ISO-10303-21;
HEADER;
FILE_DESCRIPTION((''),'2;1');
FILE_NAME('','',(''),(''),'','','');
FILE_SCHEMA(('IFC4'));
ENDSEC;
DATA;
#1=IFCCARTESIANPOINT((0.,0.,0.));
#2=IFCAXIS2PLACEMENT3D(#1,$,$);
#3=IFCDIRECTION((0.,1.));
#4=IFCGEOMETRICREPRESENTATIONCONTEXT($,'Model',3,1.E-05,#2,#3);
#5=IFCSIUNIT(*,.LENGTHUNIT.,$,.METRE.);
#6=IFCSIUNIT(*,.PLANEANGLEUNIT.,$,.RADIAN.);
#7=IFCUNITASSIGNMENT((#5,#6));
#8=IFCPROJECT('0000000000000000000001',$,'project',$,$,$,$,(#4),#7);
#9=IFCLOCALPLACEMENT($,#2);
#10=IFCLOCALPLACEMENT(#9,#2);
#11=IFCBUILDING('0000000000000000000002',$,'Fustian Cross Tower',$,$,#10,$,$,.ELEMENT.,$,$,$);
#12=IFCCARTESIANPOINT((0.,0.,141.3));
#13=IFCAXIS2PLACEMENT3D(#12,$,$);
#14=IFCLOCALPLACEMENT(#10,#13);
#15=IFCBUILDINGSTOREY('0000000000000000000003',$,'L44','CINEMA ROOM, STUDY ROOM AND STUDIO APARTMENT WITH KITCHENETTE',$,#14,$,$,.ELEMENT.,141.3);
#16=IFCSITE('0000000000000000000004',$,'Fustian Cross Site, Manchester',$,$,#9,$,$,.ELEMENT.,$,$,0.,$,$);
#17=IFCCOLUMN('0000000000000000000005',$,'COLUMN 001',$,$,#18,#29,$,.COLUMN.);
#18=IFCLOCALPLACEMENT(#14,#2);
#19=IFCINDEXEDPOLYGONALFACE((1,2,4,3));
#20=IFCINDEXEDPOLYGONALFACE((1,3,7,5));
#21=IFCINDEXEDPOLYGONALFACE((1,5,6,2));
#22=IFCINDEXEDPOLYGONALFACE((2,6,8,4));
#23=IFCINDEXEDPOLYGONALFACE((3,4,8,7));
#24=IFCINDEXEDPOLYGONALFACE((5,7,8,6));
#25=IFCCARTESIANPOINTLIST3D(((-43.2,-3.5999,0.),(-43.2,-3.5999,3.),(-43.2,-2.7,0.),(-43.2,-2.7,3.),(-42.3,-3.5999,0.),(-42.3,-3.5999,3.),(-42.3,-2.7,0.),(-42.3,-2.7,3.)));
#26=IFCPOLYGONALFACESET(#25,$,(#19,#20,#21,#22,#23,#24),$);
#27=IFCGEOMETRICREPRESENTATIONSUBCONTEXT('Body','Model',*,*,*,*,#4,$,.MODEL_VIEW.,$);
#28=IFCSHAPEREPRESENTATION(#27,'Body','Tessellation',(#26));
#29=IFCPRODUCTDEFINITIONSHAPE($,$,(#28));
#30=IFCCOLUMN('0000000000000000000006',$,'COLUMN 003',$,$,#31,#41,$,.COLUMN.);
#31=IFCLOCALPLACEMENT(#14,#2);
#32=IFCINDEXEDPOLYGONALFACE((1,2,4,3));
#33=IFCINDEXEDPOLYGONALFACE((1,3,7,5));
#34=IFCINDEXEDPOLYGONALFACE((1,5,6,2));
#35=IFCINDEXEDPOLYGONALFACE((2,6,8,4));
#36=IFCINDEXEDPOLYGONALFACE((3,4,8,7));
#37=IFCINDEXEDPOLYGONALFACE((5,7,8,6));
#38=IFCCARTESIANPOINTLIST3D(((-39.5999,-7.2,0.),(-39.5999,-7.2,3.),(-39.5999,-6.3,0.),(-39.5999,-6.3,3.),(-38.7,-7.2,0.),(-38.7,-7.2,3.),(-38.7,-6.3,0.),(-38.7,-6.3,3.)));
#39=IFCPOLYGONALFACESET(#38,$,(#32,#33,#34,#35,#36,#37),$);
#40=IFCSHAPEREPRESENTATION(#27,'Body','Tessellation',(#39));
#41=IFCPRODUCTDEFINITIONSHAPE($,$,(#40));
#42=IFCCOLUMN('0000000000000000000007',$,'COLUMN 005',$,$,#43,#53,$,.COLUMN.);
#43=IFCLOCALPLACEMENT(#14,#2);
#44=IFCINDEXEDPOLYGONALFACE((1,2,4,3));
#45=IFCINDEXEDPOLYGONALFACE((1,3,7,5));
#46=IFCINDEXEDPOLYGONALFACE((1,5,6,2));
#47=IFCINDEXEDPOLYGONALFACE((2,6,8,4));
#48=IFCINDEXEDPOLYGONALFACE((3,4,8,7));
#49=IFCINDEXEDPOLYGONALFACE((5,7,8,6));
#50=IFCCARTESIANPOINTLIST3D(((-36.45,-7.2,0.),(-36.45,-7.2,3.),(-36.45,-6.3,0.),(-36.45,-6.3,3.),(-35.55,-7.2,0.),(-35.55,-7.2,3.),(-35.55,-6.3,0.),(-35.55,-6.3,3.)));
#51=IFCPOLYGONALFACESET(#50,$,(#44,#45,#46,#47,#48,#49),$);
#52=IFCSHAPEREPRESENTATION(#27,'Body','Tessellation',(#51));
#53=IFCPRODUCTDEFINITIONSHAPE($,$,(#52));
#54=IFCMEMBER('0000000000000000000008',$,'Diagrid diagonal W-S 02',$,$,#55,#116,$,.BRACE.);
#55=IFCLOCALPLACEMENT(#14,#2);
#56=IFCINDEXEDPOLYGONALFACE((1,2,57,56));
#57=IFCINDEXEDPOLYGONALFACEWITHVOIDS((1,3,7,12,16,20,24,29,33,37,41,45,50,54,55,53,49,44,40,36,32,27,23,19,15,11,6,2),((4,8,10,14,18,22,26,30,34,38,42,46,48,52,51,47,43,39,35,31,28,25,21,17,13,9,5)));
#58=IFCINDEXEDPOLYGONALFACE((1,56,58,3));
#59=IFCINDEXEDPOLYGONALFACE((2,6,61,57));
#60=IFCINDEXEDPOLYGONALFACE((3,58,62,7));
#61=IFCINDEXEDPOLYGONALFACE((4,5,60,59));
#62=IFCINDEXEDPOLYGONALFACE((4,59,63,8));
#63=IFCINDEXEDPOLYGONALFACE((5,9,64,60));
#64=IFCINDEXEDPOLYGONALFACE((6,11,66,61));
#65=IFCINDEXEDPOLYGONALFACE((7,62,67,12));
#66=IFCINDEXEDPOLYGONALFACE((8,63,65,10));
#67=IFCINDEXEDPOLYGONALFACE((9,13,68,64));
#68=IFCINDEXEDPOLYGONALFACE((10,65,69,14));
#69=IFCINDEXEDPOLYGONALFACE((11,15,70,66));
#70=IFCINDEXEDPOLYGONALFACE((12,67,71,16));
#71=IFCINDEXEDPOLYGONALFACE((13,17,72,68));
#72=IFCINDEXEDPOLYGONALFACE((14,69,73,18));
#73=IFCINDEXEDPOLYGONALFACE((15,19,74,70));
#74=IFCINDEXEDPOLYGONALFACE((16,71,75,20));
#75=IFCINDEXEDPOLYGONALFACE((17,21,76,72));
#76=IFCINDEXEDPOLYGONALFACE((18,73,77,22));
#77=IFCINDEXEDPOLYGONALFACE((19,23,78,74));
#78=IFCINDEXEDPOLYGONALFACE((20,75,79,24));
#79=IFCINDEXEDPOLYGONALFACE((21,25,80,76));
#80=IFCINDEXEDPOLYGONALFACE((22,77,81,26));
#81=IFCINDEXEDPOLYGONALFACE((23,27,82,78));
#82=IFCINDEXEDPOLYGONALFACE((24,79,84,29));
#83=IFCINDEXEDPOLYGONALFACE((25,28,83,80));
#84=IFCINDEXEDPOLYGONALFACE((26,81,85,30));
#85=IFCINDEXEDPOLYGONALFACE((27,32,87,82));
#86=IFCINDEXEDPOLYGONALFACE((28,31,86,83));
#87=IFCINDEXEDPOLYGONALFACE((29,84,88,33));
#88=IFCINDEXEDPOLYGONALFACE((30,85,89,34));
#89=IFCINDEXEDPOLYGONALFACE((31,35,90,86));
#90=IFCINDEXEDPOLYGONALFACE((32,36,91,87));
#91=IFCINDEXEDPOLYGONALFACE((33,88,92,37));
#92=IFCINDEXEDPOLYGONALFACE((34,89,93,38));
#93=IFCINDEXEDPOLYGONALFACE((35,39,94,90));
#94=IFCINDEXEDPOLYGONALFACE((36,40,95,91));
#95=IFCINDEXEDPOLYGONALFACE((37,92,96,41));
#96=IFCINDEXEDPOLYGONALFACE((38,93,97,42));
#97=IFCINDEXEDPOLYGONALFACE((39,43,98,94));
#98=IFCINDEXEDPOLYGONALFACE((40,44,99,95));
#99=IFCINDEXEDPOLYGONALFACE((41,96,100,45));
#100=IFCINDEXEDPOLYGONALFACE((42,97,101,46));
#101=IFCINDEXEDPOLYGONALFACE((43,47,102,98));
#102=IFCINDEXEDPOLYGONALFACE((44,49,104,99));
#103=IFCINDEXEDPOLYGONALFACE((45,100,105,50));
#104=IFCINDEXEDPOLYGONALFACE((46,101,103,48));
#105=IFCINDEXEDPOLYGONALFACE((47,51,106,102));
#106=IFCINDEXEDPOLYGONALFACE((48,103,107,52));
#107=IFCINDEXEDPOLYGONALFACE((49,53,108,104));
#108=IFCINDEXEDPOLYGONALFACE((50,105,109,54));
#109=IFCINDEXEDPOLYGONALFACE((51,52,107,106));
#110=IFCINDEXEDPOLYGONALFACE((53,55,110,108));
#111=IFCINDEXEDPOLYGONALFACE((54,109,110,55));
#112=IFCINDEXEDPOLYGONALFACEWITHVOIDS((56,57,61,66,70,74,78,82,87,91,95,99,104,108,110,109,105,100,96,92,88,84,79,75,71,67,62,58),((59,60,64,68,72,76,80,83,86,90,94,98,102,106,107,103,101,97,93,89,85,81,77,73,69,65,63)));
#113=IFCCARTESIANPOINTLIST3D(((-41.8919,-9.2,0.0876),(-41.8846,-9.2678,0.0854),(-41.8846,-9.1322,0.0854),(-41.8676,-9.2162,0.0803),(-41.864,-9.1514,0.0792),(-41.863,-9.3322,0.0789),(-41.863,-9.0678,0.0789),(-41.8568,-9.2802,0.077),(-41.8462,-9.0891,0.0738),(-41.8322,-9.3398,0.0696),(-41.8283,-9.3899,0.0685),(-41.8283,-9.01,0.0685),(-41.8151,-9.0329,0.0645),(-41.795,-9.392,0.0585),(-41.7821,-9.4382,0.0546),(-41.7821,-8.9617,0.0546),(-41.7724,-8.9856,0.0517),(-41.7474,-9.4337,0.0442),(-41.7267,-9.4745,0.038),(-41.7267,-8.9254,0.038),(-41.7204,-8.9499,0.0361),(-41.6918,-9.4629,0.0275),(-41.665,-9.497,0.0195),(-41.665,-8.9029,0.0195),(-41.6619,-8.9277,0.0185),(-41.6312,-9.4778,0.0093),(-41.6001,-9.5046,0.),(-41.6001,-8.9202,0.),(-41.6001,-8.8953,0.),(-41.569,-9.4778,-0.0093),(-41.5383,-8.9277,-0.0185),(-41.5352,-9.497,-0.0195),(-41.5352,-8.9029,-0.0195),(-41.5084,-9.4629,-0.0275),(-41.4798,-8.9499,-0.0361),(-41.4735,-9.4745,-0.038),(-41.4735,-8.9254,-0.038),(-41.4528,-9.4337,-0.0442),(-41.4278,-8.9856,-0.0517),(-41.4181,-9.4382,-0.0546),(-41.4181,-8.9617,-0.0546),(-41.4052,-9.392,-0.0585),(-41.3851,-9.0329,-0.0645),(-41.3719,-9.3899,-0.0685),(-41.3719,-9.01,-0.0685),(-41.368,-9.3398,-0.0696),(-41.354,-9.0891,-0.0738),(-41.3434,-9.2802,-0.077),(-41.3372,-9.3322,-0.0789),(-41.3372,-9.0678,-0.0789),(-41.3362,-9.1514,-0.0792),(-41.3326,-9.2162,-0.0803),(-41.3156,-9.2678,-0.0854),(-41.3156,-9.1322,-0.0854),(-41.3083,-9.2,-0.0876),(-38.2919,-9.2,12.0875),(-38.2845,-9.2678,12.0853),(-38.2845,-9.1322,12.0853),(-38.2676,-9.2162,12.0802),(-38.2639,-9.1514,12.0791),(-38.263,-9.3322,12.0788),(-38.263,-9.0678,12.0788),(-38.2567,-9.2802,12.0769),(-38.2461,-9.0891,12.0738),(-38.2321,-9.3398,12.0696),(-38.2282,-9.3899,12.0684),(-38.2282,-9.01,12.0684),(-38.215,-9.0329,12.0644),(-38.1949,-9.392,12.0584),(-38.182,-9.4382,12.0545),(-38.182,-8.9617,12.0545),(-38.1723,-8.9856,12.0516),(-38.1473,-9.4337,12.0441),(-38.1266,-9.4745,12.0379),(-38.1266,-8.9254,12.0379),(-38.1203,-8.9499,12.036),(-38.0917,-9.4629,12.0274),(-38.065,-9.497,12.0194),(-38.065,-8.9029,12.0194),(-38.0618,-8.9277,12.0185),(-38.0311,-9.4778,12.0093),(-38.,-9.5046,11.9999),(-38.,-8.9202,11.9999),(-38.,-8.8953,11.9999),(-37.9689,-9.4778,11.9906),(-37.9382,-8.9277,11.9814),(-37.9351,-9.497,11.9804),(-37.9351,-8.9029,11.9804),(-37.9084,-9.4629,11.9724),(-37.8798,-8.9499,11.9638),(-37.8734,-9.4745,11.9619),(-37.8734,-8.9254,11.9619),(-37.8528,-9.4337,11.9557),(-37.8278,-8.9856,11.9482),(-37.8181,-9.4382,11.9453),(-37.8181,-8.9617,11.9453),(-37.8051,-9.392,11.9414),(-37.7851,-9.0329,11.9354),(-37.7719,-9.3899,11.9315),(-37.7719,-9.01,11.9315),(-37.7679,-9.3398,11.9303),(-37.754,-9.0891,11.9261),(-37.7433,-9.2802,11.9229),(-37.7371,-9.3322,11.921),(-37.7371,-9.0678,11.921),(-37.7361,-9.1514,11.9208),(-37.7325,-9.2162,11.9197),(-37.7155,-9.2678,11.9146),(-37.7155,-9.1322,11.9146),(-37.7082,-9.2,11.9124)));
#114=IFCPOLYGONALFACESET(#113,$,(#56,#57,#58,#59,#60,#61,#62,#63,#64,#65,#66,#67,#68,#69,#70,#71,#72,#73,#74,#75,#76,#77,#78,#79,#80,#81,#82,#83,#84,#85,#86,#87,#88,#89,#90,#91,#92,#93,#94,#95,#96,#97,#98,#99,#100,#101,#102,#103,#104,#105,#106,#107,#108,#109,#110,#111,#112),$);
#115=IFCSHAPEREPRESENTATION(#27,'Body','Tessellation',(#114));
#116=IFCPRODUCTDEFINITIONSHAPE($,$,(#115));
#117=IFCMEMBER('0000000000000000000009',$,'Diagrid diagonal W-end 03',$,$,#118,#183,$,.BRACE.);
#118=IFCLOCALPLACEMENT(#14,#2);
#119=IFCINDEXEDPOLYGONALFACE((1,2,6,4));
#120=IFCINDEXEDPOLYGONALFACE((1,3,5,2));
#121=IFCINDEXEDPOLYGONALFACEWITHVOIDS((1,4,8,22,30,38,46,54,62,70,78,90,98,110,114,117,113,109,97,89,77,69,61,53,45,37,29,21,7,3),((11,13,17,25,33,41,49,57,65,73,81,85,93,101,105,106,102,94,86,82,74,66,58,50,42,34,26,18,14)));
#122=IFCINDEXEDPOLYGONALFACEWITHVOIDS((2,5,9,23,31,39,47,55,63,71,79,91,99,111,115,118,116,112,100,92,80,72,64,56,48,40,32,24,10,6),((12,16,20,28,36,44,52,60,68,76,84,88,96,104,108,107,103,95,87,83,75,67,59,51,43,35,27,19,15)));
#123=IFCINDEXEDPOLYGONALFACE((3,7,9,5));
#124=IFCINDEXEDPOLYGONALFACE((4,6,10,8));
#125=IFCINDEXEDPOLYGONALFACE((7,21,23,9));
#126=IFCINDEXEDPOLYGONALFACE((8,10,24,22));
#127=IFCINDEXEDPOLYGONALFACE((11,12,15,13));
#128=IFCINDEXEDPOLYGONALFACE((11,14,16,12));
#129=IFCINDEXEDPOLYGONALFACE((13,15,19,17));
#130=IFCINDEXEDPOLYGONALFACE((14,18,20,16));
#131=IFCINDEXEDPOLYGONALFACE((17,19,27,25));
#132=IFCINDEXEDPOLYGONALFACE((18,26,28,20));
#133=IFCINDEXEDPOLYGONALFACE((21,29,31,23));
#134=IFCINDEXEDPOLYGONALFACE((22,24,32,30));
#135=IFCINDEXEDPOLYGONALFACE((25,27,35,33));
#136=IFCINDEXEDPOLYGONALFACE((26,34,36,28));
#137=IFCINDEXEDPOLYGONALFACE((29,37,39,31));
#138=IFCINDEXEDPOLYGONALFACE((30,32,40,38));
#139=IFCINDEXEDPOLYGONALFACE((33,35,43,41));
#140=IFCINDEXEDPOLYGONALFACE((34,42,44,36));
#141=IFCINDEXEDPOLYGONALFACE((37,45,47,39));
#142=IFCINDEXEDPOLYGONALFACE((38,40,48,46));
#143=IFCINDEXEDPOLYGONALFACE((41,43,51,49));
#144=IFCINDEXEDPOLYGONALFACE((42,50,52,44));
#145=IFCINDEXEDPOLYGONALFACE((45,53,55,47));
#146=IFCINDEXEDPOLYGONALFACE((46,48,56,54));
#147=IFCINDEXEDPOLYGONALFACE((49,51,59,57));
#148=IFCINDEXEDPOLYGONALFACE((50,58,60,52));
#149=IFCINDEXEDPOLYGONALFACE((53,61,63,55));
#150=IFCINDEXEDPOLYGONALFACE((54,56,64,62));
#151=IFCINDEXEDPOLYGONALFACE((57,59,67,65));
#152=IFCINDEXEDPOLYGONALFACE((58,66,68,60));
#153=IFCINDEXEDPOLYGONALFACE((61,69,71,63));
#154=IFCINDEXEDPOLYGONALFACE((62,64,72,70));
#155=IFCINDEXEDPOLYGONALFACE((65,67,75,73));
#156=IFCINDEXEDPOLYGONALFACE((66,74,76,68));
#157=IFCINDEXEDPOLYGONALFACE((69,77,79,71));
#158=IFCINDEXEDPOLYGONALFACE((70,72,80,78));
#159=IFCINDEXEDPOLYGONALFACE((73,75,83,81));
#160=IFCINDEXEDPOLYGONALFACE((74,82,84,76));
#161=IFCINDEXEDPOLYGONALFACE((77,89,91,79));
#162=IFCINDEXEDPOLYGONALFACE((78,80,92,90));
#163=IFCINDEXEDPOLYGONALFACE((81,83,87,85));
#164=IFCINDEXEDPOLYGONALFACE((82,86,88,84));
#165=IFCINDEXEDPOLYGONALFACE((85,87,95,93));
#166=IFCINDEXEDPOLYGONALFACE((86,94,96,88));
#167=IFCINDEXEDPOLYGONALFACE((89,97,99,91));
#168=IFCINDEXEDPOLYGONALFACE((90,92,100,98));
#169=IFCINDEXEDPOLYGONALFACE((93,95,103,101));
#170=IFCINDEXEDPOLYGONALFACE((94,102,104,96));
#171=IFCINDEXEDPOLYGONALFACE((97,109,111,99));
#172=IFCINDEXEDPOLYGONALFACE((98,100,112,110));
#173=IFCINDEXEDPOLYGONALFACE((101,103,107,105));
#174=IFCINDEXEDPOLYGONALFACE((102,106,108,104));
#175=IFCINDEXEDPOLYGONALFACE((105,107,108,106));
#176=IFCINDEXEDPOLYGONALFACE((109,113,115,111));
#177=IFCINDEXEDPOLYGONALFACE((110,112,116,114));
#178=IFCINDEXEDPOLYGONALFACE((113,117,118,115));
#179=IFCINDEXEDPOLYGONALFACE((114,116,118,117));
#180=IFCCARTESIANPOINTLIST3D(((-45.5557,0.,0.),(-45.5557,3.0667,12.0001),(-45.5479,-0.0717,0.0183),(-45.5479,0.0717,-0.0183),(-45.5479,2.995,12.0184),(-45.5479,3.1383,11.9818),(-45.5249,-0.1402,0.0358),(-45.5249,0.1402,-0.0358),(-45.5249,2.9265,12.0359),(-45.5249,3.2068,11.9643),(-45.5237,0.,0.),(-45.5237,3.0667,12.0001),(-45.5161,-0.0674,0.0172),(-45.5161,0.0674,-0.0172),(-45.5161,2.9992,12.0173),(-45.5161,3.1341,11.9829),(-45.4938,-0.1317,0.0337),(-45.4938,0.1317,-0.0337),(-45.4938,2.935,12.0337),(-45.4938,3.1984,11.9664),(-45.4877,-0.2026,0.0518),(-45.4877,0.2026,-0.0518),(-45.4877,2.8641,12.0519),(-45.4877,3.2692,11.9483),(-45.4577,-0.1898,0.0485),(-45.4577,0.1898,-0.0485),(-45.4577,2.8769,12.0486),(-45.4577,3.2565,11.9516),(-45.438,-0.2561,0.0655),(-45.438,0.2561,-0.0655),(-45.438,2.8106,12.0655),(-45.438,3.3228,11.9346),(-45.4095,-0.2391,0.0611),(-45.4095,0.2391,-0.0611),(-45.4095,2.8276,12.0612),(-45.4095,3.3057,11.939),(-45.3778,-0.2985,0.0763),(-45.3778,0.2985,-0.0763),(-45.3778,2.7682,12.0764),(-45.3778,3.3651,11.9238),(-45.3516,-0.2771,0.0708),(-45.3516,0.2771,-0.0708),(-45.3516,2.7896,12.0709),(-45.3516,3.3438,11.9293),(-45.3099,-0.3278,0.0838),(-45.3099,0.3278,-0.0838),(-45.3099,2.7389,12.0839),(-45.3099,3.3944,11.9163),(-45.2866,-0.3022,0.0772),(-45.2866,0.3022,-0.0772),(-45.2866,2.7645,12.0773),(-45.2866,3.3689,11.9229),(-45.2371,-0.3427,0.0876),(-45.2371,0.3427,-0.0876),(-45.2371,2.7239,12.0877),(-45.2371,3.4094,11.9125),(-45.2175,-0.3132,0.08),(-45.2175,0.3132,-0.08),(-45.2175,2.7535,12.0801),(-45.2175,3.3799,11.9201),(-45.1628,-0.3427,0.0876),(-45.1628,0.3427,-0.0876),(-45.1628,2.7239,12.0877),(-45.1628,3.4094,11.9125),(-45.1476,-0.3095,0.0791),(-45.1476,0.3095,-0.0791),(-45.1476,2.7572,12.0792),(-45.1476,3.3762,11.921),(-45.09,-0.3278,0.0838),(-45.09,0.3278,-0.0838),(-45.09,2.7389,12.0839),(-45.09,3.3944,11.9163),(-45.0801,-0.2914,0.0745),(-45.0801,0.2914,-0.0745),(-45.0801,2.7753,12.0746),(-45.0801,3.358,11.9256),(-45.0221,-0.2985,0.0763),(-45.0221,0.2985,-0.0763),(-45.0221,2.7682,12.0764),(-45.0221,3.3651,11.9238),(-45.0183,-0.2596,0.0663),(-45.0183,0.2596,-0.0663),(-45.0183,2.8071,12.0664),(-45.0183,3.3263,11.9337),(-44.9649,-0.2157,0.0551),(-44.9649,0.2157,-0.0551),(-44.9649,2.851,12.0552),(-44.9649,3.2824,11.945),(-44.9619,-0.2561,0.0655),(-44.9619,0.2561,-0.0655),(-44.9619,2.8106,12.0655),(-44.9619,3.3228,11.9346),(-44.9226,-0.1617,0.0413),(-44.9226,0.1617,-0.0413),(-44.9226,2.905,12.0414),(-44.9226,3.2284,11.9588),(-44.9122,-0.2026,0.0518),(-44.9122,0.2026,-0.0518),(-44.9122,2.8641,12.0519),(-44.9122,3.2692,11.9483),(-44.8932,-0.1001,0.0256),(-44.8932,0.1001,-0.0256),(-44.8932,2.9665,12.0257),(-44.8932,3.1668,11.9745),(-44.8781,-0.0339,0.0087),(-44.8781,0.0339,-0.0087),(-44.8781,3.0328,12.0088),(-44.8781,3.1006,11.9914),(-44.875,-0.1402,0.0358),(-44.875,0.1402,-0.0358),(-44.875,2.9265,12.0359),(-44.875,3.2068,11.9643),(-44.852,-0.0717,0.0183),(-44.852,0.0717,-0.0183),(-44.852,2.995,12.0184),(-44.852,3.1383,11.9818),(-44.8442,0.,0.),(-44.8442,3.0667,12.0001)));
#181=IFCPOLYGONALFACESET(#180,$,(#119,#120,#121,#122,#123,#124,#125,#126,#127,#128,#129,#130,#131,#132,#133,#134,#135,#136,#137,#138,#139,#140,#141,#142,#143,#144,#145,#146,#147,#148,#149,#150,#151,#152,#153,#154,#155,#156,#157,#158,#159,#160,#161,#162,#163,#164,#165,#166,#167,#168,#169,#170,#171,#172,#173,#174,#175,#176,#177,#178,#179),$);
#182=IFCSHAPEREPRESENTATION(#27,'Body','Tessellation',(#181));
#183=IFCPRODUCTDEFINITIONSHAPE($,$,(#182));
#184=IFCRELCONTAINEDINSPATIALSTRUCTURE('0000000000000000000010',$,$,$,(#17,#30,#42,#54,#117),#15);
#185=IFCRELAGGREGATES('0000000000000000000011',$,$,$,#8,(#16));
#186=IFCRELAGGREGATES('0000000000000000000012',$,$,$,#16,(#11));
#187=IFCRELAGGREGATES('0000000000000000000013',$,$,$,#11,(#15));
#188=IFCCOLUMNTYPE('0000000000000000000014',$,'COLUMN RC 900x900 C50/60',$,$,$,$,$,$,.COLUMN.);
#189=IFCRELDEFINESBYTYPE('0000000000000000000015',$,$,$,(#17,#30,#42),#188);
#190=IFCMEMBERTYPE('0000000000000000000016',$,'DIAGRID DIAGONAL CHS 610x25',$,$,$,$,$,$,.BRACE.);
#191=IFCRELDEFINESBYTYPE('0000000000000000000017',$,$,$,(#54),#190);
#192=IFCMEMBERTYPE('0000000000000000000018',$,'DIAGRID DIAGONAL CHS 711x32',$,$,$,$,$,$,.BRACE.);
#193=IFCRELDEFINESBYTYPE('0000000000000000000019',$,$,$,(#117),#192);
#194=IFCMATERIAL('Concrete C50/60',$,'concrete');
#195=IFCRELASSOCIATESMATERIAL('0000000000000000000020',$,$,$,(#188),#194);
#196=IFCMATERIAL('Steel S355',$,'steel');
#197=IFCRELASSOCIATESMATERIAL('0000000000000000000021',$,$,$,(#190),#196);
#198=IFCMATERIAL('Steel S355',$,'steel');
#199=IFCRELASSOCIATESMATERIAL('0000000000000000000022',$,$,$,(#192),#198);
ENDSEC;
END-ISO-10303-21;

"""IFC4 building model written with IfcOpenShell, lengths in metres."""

from ifc_helpers import new_model, si_unit, direction, frame, origin, origin_2d, place, context, subcontext, project, spatial, rectangle, hollow_circle, extrude, material, material_profile, profile_set, type_object, element, save


model = new_model("IFC4")

# Units and contexts
model_context = context("Model", 3, precision=1e-05, world=origin(), true_north=direction((0.0, 1.0)))
body_context = subcontext(model_context, "Body", "Model", "MODEL_VIEW")
ifc_project = project(units=[si_unit("LENGTHUNIT", "METRE"), si_unit("PLANEANGLEUNIT", "RADIAN")], contexts=[model_context])

# Site, building, storey
site_placement = place(None, origin())
site = spatial("IfcSite", under=ifc_project, at=site_placement, Name="Fustian Cross Site, Manchester", CompositionType="ELEMENT", RefElevation=0.0)
building_placement = place(site_placement, origin())
building = spatial("IfcBuilding", under=site, at=building_placement, Name="Fustian Cross Tower", CompositionType="ELEMENT")
storey_placement = place(building_placement, frame((0.0, 0.0, 141.3)))
storey = spatial("IfcBuildingStorey", under=building, at=storey_placement, Name="L44", Description="CINEMA ROOM, STUDY ROOM AND STUDIO APARTMENT WITH KITCHENETTE", CompositionType="ELEMENT", Elevation=141.3)

# Columns
ifc_material_1 = material(Name="Concrete C50/60", Category="concrete")
ifc_material_profile_1 = material_profile(ifc_material_1, rectangle(XDim=0.8999, YDim=0.8999, at=origin_2d()), Name="RC 900x900")
ifc_profile_set_1 = profile_set([ifc_material_profile_1], Name="Concrete C50/60")
column_type = type_object("IfcColumnType", Name="COLUMN RC 900x900 C50/60", PredefinedType="COLUMN", material=ifc_profile_set_1)
for number, where, z_axis, x_axis, name in (
    (1, (-42.75, -3.1499, 0.0), (0.0, 0.0, 1.0), (1.0, 0.0, 0.0), "COLUMN 001"),
    (2, (-39.1499, -6.75, 0.0), (0.0, 0.0, 1.0), (1.0, 0.0, 0.0), "COLUMN 003"),
    (3, (-36.0, -6.75, 0.0), (0.0, 0.0, 1.0), (1.0, 0.0, 0.0), "COLUMN 005"),
):
    element("IfcColumn", number, at=place(storey_placement, frame(where, z_axis=z_axis, x_axis=x_axis)), inside=storey, type_object=column_type, Name=name, PredefinedType="COLUMN", context=body_context, shape_type="SweptSolid", body=[
        extrude(rectangle(XDim=0.8999, YDim=0.8999, at=origin_2d()), origin(), (0.0, 0.0, 1.0), 3.0),
    ])

# Members
ifc_material_2 = material(Name="Steel S355", Category="steel")
ifc_material_profile_2 = material_profile(ifc_material_2, hollow_circle(Radius=0.3047, WallThickness=0.0249, at=origin_2d()), Name="CHS 610x25")
ifc_profile_set_2 = profile_set([ifc_material_profile_2], Name="Steel S355")
member_type_1 = type_object("IfcMemberType", Name="DIAGRID DIAGONAL CHS 610x25", PredefinedType="BRACE", material=ifc_profile_set_2)
member_1_placement = place(storey_placement, frame((-41.6001, -9.2, 0.0), z_axis=(0.287355, 0.0, 0.957824), x_axis=(0.0, 1.0, 0.0)))
element("IfcMember", 4, at=member_1_placement, inside=storey, type_object=member_type_1, Name="Diagrid diagonal W-S 02", PredefinedType="BRACE", context=body_context, shape_type="SweptSolid", body=[
    extrude(hollow_circle(Radius=0.3047, WallThickness=0.0249, at=origin_2d()), origin(), (0.0, 0.0, 1.0), 12.5283),
])
ifc_material_3 = material(Name="Steel S355", Category="steel")
ifc_material_profile_3 = material_profile(ifc_material_3, hollow_circle(Radius=0.3557, WallThickness=0.032, at=origin_2d()), Name="CHS 711x32")
ifc_profile_set_3 = profile_set([ifc_material_profile_3], Name="Steel S355")
member_type_2 = type_object("IfcMemberType", Name="DIAGRID DIAGONAL CHS 711x32", PredefinedType="BRACE", material=ifc_profile_set_3)
for number, where, z_axis, x_axis, name in (
    (5, (-45.2, 0.0, 0.0), (0.0, 0.247597, 0.968863), (-1.0, 0.0, 0.0), "Diagrid diagonal W-end 03"),
):
    element("IfcMember", number, at=place(storey_placement, frame(where, z_axis=z_axis, x_axis=x_axis)), inside=storey, type_object=member_type_2, Name=name, PredefinedType="BRACE", context=body_context, shape_type="SweptSolid", body=[
        extrude(hollow_circle(Radius=0.3557, WallThickness=0.032, at=origin_2d()), origin(), (0.0, 0.0, 1.0), 12.3857),
    ])

save(model, "model.ifc")
